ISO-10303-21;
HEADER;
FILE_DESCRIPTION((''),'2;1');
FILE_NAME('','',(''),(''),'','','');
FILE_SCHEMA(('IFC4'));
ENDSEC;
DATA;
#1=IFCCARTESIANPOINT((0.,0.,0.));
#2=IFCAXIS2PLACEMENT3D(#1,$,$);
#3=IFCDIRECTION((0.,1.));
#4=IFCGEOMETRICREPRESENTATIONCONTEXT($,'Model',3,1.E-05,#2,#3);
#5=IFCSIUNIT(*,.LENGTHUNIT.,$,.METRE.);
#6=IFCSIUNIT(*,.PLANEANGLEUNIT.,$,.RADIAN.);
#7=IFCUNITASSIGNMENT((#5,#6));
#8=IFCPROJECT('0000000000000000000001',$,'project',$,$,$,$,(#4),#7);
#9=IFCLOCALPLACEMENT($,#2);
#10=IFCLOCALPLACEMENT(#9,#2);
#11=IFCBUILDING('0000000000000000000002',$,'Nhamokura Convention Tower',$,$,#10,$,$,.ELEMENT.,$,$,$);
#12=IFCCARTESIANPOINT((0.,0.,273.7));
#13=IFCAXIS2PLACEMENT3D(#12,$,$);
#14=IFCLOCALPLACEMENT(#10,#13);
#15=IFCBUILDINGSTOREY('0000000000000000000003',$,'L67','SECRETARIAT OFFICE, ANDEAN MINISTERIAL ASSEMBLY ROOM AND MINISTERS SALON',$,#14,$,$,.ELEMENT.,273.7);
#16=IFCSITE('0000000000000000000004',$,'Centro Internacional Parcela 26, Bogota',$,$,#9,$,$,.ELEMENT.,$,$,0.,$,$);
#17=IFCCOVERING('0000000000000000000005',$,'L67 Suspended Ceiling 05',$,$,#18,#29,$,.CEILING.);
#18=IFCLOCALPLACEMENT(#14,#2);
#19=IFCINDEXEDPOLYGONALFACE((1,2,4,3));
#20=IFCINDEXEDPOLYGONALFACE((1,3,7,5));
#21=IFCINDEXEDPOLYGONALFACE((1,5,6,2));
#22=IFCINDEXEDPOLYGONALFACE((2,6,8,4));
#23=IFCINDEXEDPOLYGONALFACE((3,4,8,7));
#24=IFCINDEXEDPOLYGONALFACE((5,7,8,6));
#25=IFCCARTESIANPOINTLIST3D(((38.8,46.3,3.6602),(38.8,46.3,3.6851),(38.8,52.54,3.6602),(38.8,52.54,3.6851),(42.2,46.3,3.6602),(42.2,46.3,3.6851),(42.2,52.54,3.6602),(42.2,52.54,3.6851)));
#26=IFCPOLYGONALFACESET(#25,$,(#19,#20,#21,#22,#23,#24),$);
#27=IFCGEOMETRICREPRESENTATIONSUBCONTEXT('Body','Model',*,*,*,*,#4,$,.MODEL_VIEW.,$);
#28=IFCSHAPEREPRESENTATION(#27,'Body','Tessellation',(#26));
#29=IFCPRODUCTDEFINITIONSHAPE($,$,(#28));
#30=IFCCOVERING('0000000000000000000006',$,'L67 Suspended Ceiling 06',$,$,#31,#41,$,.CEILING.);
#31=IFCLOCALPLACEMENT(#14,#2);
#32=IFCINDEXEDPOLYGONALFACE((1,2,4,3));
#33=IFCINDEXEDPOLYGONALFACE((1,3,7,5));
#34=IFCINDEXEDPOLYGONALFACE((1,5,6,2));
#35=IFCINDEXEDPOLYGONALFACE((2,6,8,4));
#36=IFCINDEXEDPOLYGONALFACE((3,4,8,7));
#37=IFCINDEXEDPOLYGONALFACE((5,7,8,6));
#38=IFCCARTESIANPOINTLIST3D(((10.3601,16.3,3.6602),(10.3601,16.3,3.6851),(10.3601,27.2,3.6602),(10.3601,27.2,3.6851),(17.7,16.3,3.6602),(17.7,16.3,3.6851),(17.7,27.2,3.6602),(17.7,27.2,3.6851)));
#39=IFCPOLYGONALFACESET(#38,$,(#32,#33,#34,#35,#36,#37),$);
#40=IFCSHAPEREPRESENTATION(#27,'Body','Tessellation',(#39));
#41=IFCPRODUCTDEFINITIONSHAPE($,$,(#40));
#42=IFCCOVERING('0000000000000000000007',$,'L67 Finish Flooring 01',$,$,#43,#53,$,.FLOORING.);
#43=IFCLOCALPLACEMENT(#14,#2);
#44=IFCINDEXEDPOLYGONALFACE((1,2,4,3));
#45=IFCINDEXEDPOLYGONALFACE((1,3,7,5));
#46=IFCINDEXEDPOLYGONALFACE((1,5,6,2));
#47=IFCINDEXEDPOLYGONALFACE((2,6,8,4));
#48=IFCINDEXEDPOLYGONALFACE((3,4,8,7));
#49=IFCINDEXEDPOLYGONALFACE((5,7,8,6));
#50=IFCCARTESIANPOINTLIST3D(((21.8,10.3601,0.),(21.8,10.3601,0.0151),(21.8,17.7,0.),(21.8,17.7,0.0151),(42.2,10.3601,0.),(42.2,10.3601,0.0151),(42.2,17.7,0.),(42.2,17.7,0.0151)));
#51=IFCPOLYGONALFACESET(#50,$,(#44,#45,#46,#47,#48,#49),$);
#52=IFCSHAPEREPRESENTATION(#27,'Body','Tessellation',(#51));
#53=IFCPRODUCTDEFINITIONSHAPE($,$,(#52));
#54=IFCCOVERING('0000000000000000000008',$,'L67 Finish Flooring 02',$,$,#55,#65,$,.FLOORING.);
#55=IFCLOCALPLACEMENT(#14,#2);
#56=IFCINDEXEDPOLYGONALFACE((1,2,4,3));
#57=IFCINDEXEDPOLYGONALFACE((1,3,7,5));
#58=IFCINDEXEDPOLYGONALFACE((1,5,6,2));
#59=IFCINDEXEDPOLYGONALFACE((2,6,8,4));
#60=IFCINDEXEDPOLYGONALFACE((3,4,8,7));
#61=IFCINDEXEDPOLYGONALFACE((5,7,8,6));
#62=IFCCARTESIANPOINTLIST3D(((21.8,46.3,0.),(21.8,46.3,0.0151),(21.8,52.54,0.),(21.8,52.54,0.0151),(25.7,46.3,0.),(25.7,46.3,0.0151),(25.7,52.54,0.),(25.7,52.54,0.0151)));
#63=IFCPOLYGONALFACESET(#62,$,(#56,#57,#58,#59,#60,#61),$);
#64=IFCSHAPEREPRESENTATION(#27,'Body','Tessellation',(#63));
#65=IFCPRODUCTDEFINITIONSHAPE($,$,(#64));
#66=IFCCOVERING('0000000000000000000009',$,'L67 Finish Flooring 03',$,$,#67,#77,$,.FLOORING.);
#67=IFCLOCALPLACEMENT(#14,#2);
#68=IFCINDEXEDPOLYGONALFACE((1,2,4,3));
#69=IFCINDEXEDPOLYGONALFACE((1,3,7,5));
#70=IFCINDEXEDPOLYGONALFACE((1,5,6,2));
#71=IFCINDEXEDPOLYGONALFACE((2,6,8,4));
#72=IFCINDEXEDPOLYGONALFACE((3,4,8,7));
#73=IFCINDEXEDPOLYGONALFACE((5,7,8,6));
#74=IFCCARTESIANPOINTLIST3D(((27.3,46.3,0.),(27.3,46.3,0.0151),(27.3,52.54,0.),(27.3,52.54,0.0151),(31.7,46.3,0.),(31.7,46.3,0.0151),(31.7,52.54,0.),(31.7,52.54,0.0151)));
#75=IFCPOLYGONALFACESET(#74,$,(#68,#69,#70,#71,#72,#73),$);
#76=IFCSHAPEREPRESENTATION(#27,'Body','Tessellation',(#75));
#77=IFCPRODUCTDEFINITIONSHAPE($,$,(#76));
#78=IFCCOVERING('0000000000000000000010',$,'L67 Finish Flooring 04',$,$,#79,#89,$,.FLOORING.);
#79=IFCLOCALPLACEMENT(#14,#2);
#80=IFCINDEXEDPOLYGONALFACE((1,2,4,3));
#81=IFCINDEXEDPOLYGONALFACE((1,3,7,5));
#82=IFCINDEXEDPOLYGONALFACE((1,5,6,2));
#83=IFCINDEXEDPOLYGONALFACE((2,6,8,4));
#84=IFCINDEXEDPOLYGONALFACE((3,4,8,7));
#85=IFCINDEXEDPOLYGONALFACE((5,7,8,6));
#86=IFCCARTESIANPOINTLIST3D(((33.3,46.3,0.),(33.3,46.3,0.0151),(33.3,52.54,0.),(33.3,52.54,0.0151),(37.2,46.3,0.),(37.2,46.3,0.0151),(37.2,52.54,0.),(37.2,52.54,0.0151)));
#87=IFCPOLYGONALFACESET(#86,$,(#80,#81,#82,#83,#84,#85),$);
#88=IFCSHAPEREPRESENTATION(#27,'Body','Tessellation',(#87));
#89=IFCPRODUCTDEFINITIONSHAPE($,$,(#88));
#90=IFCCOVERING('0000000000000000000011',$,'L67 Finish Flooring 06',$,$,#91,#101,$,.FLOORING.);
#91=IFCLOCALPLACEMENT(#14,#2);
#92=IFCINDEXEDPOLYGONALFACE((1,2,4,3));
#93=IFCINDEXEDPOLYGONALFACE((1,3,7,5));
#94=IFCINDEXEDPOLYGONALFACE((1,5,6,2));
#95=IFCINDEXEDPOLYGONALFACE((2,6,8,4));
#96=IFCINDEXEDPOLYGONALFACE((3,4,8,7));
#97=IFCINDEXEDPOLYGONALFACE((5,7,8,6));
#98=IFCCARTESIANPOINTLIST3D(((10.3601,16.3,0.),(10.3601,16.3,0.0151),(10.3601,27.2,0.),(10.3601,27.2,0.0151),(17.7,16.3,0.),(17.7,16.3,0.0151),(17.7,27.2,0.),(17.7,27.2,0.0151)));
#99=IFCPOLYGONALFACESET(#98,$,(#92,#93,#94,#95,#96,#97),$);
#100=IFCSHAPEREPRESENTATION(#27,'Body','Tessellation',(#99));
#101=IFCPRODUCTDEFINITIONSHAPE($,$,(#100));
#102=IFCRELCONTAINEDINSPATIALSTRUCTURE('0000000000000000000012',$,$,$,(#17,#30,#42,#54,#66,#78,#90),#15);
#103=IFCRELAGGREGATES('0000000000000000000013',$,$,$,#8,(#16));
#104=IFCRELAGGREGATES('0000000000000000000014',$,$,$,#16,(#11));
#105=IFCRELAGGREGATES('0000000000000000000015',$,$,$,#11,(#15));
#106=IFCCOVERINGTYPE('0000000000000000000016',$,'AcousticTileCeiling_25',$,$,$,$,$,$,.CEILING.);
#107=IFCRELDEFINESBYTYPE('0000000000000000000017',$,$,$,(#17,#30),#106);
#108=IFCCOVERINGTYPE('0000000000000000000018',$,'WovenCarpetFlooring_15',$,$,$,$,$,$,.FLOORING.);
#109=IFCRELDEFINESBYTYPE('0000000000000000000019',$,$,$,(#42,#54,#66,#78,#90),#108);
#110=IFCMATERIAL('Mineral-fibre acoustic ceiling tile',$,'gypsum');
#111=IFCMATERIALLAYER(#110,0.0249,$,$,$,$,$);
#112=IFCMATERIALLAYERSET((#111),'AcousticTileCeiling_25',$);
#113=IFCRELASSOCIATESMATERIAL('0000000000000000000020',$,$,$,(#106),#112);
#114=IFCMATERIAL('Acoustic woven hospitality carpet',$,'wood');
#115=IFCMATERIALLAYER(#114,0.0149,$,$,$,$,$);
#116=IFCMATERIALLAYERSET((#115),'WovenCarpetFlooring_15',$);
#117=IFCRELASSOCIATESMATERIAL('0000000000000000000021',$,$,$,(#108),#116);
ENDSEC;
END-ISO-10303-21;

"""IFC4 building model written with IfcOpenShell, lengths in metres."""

from ifc_helpers import new_model, si_unit, direction, frame, origin, place, context, subcontext, project, spatial, polyline, outline, extrude, material, layer, layer_set, type_object, element, save


model = new_model("IFC4")

# Units and contexts
model_context = context("Model", 3, precision=1e-05, world=origin(), true_north=direction((0.0, 1.0)))
body_context = subcontext(model_context, "Body", "Model", "MODEL_VIEW")
ifc_project = project(units=[si_unit("LENGTHUNIT", "METRE"), si_unit("PLANEANGLEUNIT", "RADIAN")], contexts=[model_context])

# Site, building, storey
site_placement = place(None, origin())
site = spatial("IfcSite", under=ifc_project, at=site_placement, Name="Centro Internacional Parcela 26, Bogota", CompositionType="ELEMENT", RefElevation=0.0)
building_placement = place(site_placement, origin())
building = spatial("IfcBuilding", under=site, at=building_placement, Name="Nhamokura Convention Tower", CompositionType="ELEMENT")
storey_placement = place(building_placement, frame((0.0, 0.0, 273.7)))
storey = spatial("IfcBuildingStorey", under=building, at=storey_placement, Name="L67", Description="SECRETARIAT OFFICE, ANDEAN MINISTERIAL ASSEMBLY ROOM AND MINISTERS SALON", CompositionType="ELEMENT", Elevation=273.7)

# Coverings
ifc_material_1 = material(Name="Mineral-fibre acoustic ceiling tile", Category="gypsum")
ifc_layer_1 = layer(ifc_material_1, 0.0249)
ifc_layer_set_1 = layer_set([ifc_layer_1], Name="AcousticTileCeiling_25")
covering_type_1 = type_object("IfcCoveringType", Name="AcousticTileCeiling_25", PredefinedType="CEILING", material=ifc_layer_set_1)
covering_1_placement = place(storey_placement, frame((0.0, 0.0, 3.6602)))
element("IfcCovering", 1, at=covering_1_placement, inside=storey, type_object=covering_type_1, Name="L67 Suspended Ceiling 05", PredefinedType="CEILING", context=body_context, shape_type="SweptSolid", body=[
    extrude(outline(polyline([(38.8, 46.3), (42.2, 46.3), (42.2, 52.54), (38.8, 52.54), (38.8, 46.3)])), origin(), (0.0, 0.0, 1.0), 0.0249),
])
covering_2_placement = place(storey_placement, frame((0.0, 0.0, 3.6602)))
element("IfcCovering", 2, at=covering_2_placement, inside=storey, type_object=covering_type_1, Name="L67 Suspended Ceiling 06", PredefinedType="CEILING", context=body_context, shape_type="SweptSolid", body=[
    extrude(outline(polyline([(10.3601, 16.3), (17.7, 16.3), (17.7, 27.2), (10.3601, 27.2), (10.3601, 16.3)])), origin(), (0.0, 0.0, 1.0), 0.0249),
])
ifc_material_2 = material(Name="Acoustic woven hospitality carpet", Category="wood")
ifc_layer_2 = layer(ifc_material_2, 0.0149)
ifc_layer_set_2 = layer_set([ifc_layer_2], Name="WovenCarpetFlooring_15")
covering_type_2 = type_object("IfcCoveringType", Name="WovenCarpetFlooring_15", PredefinedType="FLOORING", material=ifc_layer_set_2)
covering_3_placement = place(storey_placement, origin())
element("IfcCovering", 3, at=covering_3_placement, inside=storey, type_object=covering_type_2, Name="L67 Finish Flooring 01", PredefinedType="FLOORING", context=body_context, shape_type="SweptSolid", body=[
    extrude(outline(polyline([(21.8, 10.3601), (42.2, 10.3601), (42.2, 17.7), (21.8, 17.7), (21.8, 10.3601)])), origin(), (0.0, 0.0, 1.0), 0.0151),
])
covering_4_placement = place(storey_placement, origin())
element("IfcCovering", 4, at=covering_4_placement, inside=storey, type_object=covering_type_2, Name="L67 Finish Flooring 02", PredefinedType="FLOORING", context=body_context, shape_type="SweptSolid", body=[
    extrude(outline(polyline([(21.8, 46.3), (25.7, 46.3), (25.7, 52.54), (21.8, 52.54), (21.8, 46.3)])), origin(), (0.0, 0.0, 1.0), 0.0151),
])
covering_5_placement = place(storey_placement, origin())
element("IfcCovering", 5, at=covering_5_placement, inside=storey, type_object=covering_type_2, Name="L67 Finish Flooring 03", PredefinedType="FLOORING", context=body_context, shape_type="SweptSolid", body=[
    extrude(outline(polyline([(27.3, 46.3), (31.7, 46.3), (31.7, 52.54), (27.3, 52.54), (27.3, 46.3)])), origin(), (0.0, 0.0, 1.0), 0.0151),
])
covering_6_placement = place(storey_placement, origin())
element("IfcCovering", 6, at=covering_6_placement, inside=storey, type_object=covering_type_2, Name="L67 Finish Flooring 04", PredefinedType="FLOORING", context=body_context, shape_type="SweptSolid", body=[
    extrude(outline(polyline([(33.3, 46.3), (37.2, 46.3), (37.2, 52.54), (33.3, 52.54), (33.3, 46.3)])), origin(), (0.0, 0.0, 1.0), 0.0151),
])
covering_7_placement = place(storey_placement, origin())
element("IfcCovering", 7, at=covering_7_placement, inside=storey, type_object=covering_type_2, Name="L67 Finish Flooring 06", PredefinedType="FLOORING", context=body_context, shape_type="SweptSolid", body=[
    extrude(outline(polyline([(10.3601, 16.3), (17.7, 16.3), (17.7, 27.2), (10.3601, 27.2), (10.3601, 16.3)])), origin(), (0.0, 0.0, 1.0), 0.0151),
])

save(model, "model.ifc")
